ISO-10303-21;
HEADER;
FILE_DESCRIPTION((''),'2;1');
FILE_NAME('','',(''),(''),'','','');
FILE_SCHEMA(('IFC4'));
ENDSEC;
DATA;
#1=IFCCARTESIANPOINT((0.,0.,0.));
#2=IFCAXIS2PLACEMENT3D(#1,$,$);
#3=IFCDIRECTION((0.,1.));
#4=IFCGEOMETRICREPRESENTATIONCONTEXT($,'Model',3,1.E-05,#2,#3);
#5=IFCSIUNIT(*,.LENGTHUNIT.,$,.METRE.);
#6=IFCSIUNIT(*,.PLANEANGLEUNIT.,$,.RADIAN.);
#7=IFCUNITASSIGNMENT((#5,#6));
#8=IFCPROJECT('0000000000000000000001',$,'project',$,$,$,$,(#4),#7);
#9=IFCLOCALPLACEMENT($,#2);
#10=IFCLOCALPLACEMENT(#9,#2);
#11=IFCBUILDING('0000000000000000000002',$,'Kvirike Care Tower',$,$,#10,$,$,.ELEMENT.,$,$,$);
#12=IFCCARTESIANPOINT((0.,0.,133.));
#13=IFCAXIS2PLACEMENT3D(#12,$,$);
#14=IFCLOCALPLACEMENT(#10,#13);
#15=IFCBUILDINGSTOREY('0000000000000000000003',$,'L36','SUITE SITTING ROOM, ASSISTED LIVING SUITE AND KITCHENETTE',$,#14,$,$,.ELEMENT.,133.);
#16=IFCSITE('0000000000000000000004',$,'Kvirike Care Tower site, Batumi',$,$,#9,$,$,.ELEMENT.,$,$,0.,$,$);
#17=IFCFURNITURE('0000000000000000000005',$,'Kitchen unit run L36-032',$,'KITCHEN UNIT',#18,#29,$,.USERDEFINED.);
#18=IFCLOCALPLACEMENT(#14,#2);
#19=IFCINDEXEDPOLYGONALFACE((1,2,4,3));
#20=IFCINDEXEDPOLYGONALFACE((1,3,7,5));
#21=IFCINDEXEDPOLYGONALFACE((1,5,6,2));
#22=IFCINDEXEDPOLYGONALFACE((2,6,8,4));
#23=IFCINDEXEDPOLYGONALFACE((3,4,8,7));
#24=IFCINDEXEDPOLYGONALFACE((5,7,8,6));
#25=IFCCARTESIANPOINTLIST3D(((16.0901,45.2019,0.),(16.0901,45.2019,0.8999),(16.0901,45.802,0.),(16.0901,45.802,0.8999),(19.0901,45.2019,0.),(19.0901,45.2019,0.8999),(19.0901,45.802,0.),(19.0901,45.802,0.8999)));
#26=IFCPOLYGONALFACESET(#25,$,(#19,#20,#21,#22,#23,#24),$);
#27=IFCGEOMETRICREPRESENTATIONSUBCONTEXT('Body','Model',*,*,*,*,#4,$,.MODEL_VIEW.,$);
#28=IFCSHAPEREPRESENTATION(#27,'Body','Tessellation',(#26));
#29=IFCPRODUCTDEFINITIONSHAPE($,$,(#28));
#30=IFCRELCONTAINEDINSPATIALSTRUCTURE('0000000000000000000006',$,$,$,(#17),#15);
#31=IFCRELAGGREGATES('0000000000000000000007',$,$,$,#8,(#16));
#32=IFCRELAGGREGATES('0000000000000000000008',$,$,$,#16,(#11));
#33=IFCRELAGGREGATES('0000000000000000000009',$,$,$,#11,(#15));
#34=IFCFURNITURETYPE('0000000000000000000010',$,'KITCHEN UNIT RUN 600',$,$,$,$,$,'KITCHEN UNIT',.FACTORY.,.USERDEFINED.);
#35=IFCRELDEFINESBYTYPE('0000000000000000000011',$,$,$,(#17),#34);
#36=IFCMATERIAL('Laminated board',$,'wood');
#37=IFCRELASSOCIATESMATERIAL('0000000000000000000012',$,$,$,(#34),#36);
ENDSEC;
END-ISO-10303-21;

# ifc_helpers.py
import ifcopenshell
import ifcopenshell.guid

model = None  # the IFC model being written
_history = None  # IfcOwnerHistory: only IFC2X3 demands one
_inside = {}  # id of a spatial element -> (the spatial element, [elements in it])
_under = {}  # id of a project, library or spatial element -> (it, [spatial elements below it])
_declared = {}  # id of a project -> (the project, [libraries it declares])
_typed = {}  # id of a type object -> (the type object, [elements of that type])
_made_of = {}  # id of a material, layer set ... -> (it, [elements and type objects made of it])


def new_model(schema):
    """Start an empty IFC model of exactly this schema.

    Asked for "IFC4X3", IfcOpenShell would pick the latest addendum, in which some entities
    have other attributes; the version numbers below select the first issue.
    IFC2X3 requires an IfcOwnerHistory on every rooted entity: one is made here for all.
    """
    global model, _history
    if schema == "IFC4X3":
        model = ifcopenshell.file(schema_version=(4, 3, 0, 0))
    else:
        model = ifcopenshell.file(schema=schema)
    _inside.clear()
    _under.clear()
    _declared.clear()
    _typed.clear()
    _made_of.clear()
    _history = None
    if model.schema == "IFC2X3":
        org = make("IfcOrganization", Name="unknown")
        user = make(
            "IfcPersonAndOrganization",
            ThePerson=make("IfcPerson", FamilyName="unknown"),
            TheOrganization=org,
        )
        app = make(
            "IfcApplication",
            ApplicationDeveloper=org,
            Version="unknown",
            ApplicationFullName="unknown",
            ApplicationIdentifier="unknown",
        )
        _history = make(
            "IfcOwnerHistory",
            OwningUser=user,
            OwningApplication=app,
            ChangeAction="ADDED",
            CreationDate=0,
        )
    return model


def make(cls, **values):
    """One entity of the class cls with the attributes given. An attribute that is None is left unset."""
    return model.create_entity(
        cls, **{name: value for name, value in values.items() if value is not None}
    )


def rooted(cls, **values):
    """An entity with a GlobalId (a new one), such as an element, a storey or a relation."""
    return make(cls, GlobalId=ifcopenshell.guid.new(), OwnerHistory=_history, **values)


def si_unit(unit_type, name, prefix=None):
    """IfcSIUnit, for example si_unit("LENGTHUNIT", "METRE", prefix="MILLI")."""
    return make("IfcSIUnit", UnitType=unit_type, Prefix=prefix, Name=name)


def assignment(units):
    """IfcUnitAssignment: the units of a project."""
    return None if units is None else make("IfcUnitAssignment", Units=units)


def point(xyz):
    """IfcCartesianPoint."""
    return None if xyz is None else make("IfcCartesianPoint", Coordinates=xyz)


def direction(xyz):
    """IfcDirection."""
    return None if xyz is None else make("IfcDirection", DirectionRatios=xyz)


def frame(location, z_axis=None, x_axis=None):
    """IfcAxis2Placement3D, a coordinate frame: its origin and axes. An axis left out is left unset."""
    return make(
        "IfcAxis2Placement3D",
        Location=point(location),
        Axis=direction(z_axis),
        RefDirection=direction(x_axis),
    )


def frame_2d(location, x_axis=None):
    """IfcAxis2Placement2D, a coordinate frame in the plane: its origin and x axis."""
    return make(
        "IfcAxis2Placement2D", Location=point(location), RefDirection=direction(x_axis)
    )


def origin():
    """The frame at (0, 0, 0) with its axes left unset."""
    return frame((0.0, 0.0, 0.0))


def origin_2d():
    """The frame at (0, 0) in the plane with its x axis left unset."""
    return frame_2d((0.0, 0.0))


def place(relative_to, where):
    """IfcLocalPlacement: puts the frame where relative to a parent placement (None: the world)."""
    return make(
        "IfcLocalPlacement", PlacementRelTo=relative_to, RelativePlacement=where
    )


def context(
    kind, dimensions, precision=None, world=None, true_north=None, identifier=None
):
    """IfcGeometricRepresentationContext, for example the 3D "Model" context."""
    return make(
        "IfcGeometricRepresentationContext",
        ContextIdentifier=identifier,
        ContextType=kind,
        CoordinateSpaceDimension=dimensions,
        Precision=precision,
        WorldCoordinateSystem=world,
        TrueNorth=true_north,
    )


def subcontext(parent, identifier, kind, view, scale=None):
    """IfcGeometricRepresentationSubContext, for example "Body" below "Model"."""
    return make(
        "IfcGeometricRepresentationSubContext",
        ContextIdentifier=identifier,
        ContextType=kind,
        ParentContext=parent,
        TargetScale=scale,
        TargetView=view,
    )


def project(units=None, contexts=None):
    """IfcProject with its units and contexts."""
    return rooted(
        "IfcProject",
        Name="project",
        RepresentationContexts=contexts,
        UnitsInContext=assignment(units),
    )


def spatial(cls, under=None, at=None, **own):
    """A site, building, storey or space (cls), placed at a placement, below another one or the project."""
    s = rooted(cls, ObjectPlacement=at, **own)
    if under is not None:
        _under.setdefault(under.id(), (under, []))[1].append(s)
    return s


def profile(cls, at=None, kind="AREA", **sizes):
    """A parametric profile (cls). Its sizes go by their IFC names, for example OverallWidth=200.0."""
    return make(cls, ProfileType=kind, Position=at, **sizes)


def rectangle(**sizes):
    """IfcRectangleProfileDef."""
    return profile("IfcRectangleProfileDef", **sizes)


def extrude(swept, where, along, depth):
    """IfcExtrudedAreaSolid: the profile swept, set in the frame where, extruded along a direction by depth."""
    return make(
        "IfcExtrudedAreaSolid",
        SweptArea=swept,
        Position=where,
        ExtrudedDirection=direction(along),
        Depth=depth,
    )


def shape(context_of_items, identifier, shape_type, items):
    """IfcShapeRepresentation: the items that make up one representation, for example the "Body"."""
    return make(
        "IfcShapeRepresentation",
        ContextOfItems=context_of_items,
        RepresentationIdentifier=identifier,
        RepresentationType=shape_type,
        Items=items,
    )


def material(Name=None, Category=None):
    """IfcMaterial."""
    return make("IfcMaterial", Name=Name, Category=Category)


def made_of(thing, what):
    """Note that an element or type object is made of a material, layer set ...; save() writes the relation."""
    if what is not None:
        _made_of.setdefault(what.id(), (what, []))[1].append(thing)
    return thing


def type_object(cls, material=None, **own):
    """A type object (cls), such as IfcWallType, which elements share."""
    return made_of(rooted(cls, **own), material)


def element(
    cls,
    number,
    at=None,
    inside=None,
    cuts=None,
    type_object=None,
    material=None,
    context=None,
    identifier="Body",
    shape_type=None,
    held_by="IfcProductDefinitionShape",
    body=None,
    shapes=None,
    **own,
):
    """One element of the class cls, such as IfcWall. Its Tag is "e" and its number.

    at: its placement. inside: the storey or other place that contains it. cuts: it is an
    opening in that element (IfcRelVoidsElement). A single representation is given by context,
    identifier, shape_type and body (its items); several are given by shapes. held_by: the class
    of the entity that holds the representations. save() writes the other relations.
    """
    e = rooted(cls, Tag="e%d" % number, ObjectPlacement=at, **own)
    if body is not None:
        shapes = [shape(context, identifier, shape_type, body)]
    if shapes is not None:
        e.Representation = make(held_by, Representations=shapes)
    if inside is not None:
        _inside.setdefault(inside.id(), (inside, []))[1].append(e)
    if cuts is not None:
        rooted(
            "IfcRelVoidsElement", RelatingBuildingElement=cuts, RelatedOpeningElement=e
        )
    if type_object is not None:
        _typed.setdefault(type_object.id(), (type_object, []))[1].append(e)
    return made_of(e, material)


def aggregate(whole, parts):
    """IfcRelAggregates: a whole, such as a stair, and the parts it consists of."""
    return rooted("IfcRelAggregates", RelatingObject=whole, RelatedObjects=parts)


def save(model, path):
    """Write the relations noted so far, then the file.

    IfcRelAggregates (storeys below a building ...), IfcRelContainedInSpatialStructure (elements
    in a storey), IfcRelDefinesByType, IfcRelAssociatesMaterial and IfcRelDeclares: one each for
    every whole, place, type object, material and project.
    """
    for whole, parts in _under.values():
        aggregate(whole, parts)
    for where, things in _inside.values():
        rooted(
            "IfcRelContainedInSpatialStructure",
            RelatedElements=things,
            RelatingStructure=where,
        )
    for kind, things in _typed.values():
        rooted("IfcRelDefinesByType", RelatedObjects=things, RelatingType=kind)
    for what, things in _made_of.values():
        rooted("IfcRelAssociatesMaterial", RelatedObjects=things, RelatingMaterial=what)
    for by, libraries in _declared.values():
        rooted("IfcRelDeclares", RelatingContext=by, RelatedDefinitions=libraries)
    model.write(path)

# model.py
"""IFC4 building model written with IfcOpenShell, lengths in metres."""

from ifc_helpers import new_model, si_unit, direction, frame, origin, origin_2d, place, context, subcontext, project, spatial, rectangle, extrude, material, type_object, element, save


model = new_model("IFC4")

# Units and contexts
model_context = context("Model", 3, precision=1e-05, world=origin(), true_north=direction((0.0, 1.0)))
body_context = subcontext(model_context, "Body", "Model", "MODEL_VIEW")
ifc_project = project(units=[si_unit("LENGTHUNIT", "METRE"), si_unit("PLANEANGLEUNIT", "RADIAN")], contexts=[model_context])

# Site, building, storey
site_placement = place(None, origin())
site = spatial("IfcSite", under=ifc_project, at=site_placement, Name="Kvirike Care Tower site, Batumi", CompositionType="ELEMENT", RefElevation=0.0)
building_placement = place(site_placement, origin())
building = spatial("IfcBuilding", under=site, at=building_placement, Name="Kvirike Care Tower", CompositionType="ELEMENT")
storey_placement = place(building_placement, frame((0.0, 0.0, 133.0)))
storey = spatial("IfcBuildingStorey", under=building, at=storey_placement, Name="L36", Description="SUITE SITTING ROOM, ASSISTED LIVING SUITE AND KITCHENETTE", CompositionType="ELEMENT", Elevation=133.0)

# Furniture
ifc_material_1 = material(Name="Laminated board", Category="wood")
furniture_type_1 = type_object("IfcFurnitureType", Name="KITCHEN UNIT RUN 600", ElementType="KITCHEN UNIT", AssemblyPlace="FACTORY", PredefinedType="USERDEFINED", material=ifc_material_1)
furniture_1_placement = place(storey_placement, frame((17.5901, 45.502, 0.0), z_axis=(0.0, 0.0, 1.0), x_axis=(-1.0, 0.0, 0.0)))
element("IfcFurniture", 1, at=furniture_1_placement, inside=storey, type_object=furniture_type_1, Name="Kitchen unit run L36-032", ObjectType="KITCHEN UNIT", PredefinedType="USERDEFINED", context=body_context, shape_type="SweptSolid", body=[
    extrude(rectangle(XDim=3.0, YDim=0.6001, at=origin_2d()), origin(), (0.0, 0.0, 1.0), 0.8999),
])

save(model, "model.ifc")
